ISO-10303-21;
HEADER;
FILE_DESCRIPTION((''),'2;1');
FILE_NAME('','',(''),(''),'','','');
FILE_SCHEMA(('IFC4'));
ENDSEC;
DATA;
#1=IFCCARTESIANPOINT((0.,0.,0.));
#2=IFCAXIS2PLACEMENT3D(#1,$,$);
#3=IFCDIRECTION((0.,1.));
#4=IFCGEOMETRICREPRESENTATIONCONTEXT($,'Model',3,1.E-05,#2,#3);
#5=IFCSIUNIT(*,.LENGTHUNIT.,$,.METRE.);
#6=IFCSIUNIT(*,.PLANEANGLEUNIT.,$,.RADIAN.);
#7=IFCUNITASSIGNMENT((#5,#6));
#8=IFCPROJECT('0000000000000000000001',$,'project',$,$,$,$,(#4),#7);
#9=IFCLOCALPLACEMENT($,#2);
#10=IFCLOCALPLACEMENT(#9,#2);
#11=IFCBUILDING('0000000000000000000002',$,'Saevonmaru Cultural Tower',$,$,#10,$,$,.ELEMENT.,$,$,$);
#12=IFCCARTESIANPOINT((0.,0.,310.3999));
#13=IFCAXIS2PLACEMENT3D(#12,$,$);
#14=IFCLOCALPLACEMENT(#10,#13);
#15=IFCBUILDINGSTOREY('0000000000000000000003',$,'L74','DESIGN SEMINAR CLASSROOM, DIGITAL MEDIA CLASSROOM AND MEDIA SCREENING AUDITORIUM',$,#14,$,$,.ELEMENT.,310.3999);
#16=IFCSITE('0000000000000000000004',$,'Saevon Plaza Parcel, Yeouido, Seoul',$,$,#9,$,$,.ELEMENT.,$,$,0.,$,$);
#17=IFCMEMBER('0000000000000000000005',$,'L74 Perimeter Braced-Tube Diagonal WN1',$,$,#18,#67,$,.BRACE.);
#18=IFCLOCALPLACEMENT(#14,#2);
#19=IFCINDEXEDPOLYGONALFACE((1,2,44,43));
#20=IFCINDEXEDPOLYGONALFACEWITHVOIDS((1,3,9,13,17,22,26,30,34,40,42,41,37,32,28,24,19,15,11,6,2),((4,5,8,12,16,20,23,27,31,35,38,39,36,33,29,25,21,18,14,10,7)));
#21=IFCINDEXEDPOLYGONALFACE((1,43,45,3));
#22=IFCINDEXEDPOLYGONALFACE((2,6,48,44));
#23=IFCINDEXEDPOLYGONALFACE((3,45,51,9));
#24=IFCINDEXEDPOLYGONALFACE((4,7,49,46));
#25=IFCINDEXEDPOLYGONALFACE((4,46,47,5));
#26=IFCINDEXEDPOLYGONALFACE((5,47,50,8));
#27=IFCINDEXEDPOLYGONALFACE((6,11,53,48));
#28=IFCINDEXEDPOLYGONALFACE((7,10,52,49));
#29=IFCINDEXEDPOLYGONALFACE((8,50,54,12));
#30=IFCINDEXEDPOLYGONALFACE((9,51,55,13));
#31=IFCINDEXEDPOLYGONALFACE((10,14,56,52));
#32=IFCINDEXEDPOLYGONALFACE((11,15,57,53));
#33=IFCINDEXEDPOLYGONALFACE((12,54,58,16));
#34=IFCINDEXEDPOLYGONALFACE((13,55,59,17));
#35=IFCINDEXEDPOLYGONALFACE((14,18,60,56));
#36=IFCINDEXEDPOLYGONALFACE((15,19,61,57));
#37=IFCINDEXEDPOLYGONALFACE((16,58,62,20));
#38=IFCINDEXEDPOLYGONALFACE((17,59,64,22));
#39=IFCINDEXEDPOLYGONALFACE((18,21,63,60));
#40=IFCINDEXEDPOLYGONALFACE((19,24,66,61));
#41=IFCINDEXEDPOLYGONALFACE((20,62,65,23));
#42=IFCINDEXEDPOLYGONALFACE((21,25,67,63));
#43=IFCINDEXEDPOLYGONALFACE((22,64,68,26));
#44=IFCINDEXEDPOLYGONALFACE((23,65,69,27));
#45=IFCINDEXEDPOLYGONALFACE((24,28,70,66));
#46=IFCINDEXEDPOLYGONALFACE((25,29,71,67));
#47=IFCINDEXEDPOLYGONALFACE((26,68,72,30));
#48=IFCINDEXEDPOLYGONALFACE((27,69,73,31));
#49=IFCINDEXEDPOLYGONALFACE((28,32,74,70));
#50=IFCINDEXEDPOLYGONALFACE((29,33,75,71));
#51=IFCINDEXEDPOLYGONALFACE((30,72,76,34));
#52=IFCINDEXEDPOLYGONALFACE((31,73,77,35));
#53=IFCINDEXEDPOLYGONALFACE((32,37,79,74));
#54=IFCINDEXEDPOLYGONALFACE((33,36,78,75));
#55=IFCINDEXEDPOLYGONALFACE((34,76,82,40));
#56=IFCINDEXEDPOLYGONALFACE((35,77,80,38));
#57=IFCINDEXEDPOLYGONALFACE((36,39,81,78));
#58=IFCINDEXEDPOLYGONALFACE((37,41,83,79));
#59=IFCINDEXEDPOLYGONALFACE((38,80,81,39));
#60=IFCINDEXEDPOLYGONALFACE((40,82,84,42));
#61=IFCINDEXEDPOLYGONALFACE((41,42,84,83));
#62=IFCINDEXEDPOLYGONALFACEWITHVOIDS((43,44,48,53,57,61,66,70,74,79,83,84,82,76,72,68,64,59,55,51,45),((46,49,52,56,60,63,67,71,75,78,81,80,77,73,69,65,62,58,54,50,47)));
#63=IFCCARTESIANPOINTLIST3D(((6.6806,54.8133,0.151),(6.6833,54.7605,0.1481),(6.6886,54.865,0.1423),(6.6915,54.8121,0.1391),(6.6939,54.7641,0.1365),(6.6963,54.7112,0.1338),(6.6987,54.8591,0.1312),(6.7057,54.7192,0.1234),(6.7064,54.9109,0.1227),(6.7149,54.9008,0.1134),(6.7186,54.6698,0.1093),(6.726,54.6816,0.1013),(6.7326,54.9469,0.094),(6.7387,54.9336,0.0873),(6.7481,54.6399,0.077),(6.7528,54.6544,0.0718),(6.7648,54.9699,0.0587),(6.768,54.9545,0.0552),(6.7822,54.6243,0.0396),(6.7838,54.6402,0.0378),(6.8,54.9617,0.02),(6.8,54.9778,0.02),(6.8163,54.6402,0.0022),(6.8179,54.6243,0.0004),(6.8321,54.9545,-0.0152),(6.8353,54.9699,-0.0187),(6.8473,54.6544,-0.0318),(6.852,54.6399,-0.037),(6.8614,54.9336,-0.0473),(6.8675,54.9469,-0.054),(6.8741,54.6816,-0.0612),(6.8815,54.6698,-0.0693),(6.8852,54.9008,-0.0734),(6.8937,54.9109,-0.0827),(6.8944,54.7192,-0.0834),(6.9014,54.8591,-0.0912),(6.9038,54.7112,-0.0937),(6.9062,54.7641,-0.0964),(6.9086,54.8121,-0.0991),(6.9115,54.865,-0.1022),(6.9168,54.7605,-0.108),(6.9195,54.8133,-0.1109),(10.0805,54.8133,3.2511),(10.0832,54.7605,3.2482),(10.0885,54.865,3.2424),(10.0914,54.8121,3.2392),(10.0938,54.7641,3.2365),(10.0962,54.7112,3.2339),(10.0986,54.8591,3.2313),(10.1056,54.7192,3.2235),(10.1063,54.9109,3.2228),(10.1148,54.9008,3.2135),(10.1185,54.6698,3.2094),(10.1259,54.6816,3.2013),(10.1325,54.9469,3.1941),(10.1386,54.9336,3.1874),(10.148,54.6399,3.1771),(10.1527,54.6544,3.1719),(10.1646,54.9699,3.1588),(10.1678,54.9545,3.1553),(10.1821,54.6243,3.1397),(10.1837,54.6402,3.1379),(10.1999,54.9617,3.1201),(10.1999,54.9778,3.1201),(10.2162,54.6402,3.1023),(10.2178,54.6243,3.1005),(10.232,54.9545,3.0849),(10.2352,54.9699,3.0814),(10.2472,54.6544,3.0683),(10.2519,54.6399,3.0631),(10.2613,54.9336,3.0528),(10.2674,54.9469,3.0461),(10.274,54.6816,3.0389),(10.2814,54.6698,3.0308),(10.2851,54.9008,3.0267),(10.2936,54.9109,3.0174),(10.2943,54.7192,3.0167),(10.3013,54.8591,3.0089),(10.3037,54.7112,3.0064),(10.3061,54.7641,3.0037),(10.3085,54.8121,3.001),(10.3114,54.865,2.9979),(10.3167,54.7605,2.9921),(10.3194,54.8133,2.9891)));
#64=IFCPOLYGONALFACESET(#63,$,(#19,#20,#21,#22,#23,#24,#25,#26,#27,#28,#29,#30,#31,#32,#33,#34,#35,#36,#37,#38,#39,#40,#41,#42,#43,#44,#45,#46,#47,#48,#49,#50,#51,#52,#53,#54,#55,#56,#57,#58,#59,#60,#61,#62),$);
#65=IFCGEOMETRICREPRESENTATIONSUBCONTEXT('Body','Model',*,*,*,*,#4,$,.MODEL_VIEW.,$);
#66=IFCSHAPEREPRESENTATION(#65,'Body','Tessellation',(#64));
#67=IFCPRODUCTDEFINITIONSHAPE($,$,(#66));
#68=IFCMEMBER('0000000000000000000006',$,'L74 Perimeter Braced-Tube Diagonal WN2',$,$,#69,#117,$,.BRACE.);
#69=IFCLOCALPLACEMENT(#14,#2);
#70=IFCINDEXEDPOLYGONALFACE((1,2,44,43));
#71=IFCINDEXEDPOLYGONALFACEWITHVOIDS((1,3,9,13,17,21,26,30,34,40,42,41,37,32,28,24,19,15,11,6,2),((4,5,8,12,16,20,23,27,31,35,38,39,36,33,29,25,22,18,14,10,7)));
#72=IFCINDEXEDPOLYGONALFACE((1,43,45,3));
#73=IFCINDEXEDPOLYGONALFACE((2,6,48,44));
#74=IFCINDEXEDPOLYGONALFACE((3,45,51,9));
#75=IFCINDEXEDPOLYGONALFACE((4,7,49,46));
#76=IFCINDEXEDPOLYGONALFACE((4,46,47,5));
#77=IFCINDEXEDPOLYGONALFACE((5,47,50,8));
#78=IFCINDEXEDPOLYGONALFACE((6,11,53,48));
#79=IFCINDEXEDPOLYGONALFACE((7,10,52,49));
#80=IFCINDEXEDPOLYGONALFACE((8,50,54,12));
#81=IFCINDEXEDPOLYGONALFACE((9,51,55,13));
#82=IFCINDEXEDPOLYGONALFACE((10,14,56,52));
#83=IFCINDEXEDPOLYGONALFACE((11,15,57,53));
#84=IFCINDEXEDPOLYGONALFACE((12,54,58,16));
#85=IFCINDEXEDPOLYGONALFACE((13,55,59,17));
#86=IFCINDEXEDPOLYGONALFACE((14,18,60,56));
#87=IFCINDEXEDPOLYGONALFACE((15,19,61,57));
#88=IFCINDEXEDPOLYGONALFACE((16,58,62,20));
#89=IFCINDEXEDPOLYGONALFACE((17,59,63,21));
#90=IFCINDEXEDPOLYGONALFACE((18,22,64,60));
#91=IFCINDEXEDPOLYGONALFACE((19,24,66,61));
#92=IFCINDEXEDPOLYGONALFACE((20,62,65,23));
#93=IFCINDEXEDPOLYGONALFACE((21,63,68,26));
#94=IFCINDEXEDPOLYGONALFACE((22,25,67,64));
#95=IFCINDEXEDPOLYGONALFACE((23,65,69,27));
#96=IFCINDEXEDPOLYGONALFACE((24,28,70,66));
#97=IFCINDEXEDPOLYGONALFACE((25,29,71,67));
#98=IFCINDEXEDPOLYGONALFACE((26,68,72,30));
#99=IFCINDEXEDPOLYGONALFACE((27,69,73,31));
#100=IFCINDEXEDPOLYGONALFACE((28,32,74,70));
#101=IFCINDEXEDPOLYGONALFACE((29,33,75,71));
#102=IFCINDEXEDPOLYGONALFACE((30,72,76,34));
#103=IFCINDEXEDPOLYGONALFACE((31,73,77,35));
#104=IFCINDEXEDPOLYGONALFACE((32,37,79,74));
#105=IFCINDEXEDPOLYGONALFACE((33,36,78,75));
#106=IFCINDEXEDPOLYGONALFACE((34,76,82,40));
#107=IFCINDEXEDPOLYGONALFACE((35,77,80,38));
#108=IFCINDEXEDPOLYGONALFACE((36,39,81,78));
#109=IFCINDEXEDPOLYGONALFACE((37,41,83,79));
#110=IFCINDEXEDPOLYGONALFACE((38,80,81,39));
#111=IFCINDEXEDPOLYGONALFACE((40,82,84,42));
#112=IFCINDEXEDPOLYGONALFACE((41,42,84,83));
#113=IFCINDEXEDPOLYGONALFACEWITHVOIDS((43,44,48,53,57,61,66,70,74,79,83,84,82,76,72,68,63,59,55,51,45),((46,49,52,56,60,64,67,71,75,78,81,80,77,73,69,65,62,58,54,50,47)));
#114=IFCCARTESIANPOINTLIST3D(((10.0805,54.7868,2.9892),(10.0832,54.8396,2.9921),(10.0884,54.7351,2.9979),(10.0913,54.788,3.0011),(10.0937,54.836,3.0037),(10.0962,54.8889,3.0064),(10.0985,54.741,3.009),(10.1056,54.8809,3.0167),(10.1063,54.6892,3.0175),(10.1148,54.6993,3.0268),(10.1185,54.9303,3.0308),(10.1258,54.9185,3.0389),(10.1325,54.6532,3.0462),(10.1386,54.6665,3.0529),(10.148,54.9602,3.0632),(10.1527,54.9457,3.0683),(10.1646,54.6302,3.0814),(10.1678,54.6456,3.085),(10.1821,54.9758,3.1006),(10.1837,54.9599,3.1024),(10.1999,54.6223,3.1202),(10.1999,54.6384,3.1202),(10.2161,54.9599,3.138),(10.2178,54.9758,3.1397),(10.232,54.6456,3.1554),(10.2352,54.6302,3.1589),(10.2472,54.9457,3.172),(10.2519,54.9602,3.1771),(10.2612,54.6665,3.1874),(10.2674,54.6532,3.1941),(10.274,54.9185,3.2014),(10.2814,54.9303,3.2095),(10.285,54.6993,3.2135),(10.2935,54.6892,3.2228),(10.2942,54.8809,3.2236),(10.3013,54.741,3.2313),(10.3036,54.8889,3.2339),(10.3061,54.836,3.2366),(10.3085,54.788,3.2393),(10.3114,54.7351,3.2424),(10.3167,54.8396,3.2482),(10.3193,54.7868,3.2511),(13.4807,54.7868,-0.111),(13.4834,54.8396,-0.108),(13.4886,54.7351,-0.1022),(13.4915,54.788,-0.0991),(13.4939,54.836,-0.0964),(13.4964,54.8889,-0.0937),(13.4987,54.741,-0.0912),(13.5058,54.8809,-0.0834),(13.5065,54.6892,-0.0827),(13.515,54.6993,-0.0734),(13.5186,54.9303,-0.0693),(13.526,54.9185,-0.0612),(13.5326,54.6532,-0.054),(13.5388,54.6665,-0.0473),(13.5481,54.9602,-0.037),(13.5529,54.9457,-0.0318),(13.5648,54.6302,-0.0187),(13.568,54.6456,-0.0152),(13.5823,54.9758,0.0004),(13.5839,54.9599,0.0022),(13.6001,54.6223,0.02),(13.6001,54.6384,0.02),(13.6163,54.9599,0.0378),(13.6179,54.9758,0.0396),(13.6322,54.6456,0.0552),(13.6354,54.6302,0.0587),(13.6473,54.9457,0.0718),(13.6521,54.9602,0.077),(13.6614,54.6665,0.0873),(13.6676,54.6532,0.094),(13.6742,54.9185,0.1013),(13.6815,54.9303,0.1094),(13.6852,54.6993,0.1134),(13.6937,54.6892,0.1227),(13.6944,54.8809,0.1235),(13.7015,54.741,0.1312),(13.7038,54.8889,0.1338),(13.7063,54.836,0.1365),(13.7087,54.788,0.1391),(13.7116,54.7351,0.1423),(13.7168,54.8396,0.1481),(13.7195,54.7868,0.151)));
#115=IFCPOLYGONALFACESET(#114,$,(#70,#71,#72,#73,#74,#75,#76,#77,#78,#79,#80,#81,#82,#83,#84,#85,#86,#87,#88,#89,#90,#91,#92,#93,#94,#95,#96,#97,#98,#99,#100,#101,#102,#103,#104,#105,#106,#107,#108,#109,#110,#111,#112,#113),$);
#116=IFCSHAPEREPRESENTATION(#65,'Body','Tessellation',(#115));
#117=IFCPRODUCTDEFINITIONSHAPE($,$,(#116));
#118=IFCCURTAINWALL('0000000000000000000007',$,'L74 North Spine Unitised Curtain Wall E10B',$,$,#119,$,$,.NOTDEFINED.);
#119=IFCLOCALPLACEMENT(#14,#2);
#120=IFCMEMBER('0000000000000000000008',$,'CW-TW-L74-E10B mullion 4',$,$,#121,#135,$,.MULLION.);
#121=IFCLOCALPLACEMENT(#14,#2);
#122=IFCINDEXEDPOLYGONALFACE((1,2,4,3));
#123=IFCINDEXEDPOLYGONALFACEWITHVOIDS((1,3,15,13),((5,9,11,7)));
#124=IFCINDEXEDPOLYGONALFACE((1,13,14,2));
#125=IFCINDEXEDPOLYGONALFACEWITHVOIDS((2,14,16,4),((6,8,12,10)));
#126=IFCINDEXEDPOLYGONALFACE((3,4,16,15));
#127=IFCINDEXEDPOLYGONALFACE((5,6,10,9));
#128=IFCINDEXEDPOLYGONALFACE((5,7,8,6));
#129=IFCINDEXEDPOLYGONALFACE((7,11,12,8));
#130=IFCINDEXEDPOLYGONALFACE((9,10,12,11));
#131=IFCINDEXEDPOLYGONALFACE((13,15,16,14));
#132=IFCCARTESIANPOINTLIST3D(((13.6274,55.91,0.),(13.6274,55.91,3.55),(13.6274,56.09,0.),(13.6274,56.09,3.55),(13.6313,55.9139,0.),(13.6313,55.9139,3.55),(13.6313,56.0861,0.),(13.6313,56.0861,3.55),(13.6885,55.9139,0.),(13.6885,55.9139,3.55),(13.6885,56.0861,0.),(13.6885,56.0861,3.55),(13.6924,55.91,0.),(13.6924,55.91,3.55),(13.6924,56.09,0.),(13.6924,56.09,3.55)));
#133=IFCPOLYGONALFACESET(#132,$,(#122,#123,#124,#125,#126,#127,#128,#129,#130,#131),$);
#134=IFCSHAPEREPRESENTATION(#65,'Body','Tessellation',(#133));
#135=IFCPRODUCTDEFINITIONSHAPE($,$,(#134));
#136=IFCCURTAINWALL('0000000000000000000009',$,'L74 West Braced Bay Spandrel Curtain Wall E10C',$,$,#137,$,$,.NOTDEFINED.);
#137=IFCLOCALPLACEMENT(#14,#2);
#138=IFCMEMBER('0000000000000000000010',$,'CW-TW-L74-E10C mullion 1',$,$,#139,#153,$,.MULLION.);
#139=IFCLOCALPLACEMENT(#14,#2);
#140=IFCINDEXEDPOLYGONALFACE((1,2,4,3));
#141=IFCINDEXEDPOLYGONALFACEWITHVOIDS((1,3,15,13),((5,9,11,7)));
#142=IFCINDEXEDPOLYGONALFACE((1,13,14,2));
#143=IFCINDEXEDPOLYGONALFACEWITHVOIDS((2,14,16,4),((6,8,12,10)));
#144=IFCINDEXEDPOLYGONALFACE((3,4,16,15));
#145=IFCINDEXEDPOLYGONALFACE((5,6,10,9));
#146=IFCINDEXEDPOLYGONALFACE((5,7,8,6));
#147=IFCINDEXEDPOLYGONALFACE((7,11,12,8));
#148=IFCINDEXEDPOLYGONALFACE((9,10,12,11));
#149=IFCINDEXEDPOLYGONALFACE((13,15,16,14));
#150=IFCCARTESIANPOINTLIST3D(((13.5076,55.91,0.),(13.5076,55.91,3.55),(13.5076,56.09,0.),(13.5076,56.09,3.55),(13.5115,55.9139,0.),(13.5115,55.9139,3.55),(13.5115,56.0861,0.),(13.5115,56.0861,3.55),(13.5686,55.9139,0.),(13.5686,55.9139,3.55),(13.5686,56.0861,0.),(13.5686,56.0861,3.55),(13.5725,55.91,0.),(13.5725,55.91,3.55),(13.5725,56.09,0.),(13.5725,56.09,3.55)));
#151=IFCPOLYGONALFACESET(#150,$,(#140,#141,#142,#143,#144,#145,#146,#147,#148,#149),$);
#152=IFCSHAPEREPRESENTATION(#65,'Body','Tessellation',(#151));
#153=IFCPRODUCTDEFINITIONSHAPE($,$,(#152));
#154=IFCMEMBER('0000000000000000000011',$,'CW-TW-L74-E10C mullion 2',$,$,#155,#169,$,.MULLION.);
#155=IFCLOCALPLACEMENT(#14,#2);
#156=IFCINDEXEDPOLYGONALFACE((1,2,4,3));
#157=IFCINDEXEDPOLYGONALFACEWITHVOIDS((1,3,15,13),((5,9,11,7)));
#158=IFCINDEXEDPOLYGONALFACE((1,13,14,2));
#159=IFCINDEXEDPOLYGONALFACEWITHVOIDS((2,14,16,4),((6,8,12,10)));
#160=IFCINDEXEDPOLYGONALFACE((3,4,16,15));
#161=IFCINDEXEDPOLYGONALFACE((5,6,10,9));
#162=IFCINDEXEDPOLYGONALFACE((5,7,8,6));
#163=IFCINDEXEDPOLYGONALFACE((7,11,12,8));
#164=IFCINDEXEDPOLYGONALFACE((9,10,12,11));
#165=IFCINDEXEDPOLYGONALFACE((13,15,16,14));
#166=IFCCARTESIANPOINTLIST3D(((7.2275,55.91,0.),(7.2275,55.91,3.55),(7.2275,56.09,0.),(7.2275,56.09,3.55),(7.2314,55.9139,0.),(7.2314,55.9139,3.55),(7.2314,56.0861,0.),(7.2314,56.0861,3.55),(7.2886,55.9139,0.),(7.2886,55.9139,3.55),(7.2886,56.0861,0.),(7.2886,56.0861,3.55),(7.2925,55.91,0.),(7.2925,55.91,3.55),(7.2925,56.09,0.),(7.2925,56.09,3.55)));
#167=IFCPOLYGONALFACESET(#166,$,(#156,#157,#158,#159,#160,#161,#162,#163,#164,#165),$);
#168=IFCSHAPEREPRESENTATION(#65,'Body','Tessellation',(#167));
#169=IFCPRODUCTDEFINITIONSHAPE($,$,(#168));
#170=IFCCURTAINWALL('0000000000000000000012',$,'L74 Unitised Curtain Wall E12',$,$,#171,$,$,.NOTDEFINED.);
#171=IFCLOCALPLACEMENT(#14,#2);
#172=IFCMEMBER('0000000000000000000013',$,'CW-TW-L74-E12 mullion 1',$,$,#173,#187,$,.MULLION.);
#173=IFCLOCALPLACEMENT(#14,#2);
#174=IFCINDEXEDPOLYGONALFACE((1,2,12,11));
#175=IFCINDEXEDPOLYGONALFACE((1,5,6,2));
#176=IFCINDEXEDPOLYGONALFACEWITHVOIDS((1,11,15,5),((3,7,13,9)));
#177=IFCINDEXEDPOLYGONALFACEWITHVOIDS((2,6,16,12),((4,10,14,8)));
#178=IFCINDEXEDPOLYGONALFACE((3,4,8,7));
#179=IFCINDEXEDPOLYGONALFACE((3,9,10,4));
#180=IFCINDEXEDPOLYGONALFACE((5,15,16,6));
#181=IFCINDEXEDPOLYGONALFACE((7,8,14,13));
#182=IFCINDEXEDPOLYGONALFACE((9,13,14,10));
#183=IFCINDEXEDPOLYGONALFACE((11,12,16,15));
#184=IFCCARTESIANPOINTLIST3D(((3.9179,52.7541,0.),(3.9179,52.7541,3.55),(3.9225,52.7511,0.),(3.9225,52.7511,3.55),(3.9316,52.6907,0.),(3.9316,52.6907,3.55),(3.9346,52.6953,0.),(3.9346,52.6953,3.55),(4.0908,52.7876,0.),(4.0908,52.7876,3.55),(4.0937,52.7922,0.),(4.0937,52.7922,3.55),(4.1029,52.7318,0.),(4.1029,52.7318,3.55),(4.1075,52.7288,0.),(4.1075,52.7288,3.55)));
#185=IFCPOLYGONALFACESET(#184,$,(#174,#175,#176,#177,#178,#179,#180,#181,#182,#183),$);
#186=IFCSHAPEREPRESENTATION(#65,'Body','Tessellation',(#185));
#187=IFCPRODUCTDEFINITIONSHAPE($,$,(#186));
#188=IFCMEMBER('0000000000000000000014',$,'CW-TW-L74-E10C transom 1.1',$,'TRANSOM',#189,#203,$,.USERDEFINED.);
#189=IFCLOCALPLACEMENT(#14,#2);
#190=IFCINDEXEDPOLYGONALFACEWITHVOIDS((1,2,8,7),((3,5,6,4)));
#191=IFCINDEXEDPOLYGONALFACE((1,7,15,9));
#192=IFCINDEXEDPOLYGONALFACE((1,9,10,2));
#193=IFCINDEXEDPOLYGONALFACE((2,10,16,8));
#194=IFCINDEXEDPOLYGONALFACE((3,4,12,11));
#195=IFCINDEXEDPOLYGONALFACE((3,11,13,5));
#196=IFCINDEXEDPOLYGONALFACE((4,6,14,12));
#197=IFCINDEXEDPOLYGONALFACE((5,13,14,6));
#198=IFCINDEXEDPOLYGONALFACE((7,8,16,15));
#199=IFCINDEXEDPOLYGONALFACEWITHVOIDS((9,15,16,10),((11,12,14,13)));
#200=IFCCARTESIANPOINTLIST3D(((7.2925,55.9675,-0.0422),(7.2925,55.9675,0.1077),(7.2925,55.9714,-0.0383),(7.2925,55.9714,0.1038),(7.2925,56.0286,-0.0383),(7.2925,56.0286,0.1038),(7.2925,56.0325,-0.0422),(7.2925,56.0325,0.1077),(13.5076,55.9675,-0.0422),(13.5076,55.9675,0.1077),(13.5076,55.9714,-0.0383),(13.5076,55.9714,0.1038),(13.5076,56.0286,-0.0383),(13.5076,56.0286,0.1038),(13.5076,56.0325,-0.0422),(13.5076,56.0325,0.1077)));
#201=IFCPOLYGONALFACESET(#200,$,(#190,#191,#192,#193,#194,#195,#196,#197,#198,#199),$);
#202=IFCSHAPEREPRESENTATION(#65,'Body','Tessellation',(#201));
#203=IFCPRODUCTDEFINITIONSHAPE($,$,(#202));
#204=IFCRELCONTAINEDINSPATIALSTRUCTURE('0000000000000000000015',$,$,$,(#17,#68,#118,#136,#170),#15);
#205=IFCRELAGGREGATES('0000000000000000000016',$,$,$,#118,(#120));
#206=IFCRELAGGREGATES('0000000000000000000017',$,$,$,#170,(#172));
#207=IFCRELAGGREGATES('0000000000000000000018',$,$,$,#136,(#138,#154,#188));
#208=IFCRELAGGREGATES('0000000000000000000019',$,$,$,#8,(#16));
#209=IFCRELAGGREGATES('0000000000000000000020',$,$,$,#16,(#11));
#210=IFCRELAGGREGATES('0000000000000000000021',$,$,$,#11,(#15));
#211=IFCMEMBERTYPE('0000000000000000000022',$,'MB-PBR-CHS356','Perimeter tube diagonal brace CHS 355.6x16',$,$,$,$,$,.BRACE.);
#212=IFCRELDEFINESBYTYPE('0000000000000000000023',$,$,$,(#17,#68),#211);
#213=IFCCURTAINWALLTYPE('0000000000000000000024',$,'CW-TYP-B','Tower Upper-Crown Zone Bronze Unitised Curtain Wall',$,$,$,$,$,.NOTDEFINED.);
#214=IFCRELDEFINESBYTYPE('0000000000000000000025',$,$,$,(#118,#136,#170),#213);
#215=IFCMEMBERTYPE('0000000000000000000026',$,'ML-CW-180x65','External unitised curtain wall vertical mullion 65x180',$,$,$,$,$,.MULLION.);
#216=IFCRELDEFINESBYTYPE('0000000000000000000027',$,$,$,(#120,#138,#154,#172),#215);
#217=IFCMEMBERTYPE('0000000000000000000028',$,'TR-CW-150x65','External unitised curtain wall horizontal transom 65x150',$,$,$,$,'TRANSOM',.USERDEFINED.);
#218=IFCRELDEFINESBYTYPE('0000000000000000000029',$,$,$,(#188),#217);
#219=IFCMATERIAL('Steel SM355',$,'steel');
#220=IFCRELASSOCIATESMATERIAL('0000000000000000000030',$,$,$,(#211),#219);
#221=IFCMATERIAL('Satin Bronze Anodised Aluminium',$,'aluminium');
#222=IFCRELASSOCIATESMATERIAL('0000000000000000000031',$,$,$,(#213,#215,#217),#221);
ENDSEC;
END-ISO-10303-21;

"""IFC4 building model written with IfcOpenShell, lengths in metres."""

from ifc_helpers import new_model, si_unit, direction, frame, origin, origin_2d, place, context, subcontext, project, spatial, hollow_rectangle, hollow_circle, extrude, material, material_profile, profile_set, type_object, element, aggregate, save


model = new_model("IFC4")

# Units and contexts
model_context = context("Model", 3, precision=1e-05, world=origin(), true_north=direction((0.0, 1.0)))
body_context = subcontext(model_context, "Body", "Model", "MODEL_VIEW")
ifc_project = project(units=[si_unit("LENGTHUNIT", "METRE"), si_unit("PLANEANGLEUNIT", "RADIAN")], contexts=[model_context])

# Site, building, storey
site_placement = place(None, origin())
site = spatial("IfcSite", under=ifc_project, at=site_placement, Name="Saevon Plaza Parcel, Yeouido, Seoul", CompositionType="ELEMENT", RefElevation=0.0)
building_placement = place(site_placement, origin())
building = spatial("IfcBuilding", under=site, at=building_placement, Name="Saevonmaru Cultural Tower", CompositionType="ELEMENT")
storey_placement = place(building_placement, frame((0.0, 0.0, 310.3999)))
storey = spatial("IfcBuildingStorey", under=building, at=storey_placement, Name="L74", Description="DESIGN SEMINAR CLASSROOM, DIGITAL MEDIA CLASSROOM AND MEDIA SCREENING AUDITORIUM", CompositionType="ELEMENT", Elevation=310.3999)

# Shared definitions
ifc_material_1 = material(Name="Steel SM355", Category="steel")

# Members
ifc_material_profile_1 = material_profile(ifc_material_1, hollow_circle(Radius=0.1777, WallThickness=0.0161, at=origin_2d()), Name="CHS-355.6x16")
ifc_profile_set_1 = profile_set([ifc_material_profile_1], Name="Steel SM355")
member_type_1 = type_object("IfcMemberType", Name="MB-PBR-CHS356", Description="Perimeter tube diagonal brace CHS 355.6x16", PredefinedType="BRACE", material=ifc_profile_set_1)
member_1_placement = place(storey_placement, frame((6.8, 54.8, 0.02), z_axis=(0.738936, 0.0, 0.673776), x_axis=(0.0, 1.0, 0.0)))
element("IfcMember", 1, at=member_1_placement, inside=storey, type_object=member_type_1, Name="L74 Perimeter Braced-Tube Diagonal WN1", PredefinedType="BRACE", context=body_context, shape_type="SweptSolid", body=[
    extrude(hollow_circle(Radius=0.1777, WallThickness=0.0161, at=origin_2d()), origin(), (0.0, 0.0, 1.0), 4.6011),
])
member_2_placement = place(storey_placement, frame((13.6001, 54.8, 0.02), z_axis=(-0.73896, 0.0, 0.67375), x_axis=(0.0, -1.0, 0.0)))
element("IfcMember", 2, at=member_2_placement, inside=storey, type_object=member_type_1, Name="L74 Perimeter Braced-Tube Diagonal WN2", PredefinedType="BRACE", context=body_context, shape_type="SweptSolid", body=[
    extrude(hollow_circle(Radius=0.1777, WallThickness=0.0161, at=origin_2d()), origin(), (0.0, 0.0, 1.0), 4.6013),
])

# Curtain wall, member
ifc_material_2 = material(Name="Satin Bronze Anodised Aluminium", Category="aluminium")
curtain_wall_type = type_object("IfcCurtainWallType", Name="CW-TYP-B", Description="Tower Upper-Crown Zone Bronze Unitised Curtain Wall", PredefinedType="NOTDEFINED", material=ifc_material_2)
curtain_wall_1_placement = place(storey_placement, origin())
curtain_wall_1 = element("IfcCurtainWall", 3, at=curtain_wall_1_placement, inside=storey, type_object=curtain_wall_type, Name="L74 North Spine Unitised Curtain Wall E10B", PredefinedType="NOTDEFINED")
ifc_material_profile_2 = material_profile(ifc_material_2, hollow_rectangle(XDim=0.0649, YDim=0.1799, WallThickness=0.0039, at=origin_2d()), Name="ALU-MULL-180x65x4")
ifc_profile_set_2 = profile_set([ifc_material_profile_2], Name="Satin Bronze Anodised Aluminium")
member_type_2 = type_object("IfcMemberType", Name="ML-CW-180x65", Description="External unitised curtain wall vertical mullion 65x180", PredefinedType="MULLION", material=ifc_profile_set_2)
member_3_placement = place(storey_placement, frame((13.6599, 56.0, 0.0), z_axis=(0.0, 0.0, 1.0), x_axis=(-1.0, 0.0, 0.0)))
member_3 = element("IfcMember", 4, at=member_3_placement, type_object=member_type_2, Name="CW-TW-L74-E10B mullion 4", PredefinedType="MULLION", context=body_context, shape_type="SweptSolid", body=[
    extrude(hollow_rectangle(XDim=0.0649, YDim=0.1799, WallThickness=0.0039, at=origin_2d()), origin(), (0.0, 0.0, 1.0), 3.55),
])
aggregate(curtain_wall_1, [member_3])

# Curtain wall, members
curtain_wall_2_placement = place(storey_placement, origin())
curtain_wall_2 = element("IfcCurtainWall", 5, at=curtain_wall_2_placement, inside=storey, type_object=curtain_wall_type, Name="L74 West Braced Bay Spandrel Curtain Wall E10C", PredefinedType="NOTDEFINED")
member_4_placement = place(storey_placement, frame((13.54, 56.0, 0.0), z_axis=(0.0, 0.0, 1.0), x_axis=(-1.0, 0.0, 0.0)))
member_4 = element("IfcMember", 6, at=member_4_placement, type_object=member_type_2, Name="CW-TW-L74-E10C mullion 1", PredefinedType="MULLION", context=body_context, shape_type="SweptSolid", body=[
    extrude(hollow_rectangle(XDim=0.0649, YDim=0.1799, WallThickness=0.0039, at=origin_2d()), origin(), (0.0, 0.0, 1.0), 3.55),
])
member_5_placement = place(storey_placement, frame((7.26, 56.0, 0.0), z_axis=(0.0, 0.0, 1.0), x_axis=(-1.0, 0.0, 0.0)))
member_5 = element("IfcMember", 7, at=member_5_placement, type_object=member_type_2, Name="CW-TW-L74-E10C mullion 2", PredefinedType="MULLION", context=body_context, shape_type="SweptSolid", body=[
    extrude(hollow_rectangle(XDim=0.0649, YDim=0.1799, WallThickness=0.0039, at=origin_2d()), origin(), (0.0, 0.0, 1.0), 3.55),
])

# Curtain wall, member
curtain_wall_3_placement = place(storey_placement, origin())
curtain_wall_3 = element("IfcCurtainWall", 8, at=curtain_wall_3_placement, inside=storey, type_object=curtain_wall_type, Name="L74 Unitised Curtain Wall E12", PredefinedType="NOTDEFINED")
member_6_placement = place(storey_placement, frame((4.0127, 52.7415, 0.0), z_axis=(0.0, 0.0, 1.0), x_axis=(0.21175, -0.977324, 0.0)))
member_6 = element("IfcMember", 9, at=member_6_placement, type_object=member_type_2, Name="CW-TW-L74-E12 mullion 1", PredefinedType="MULLION", context=body_context, shape_type="SweptSolid", body=[
    extrude(hollow_rectangle(XDim=0.0649, YDim=0.1799, WallThickness=0.0039, at=origin_2d()), origin(), (0.0, 0.0, 1.0), 3.55),
])

# Member
ifc_material_profile_3 = material_profile(ifc_material_2, hollow_rectangle(XDim=0.0649, YDim=0.1499, WallThickness=0.0039, at=origin_2d()), Name="ALU-TRAN-150x65x4")
ifc_profile_set_3 = profile_set([ifc_material_profile_3], Name="Satin Bronze Anodised Aluminium")
member_type_3 = type_object("IfcMemberType", Name="TR-CW-150x65", Description="External unitised curtain wall horizontal transom 65x150", ElementType="TRANSOM", PredefinedType="USERDEFINED", material=ifc_profile_set_3)
member_7_placement = place(storey_placement, frame((13.5076, 56.0, 0.0327), z_axis=(-1.0, 0.0, 0.0), x_axis=(0.0, -1.0, 0.0)))
member_7 = element("IfcMember", 10, at=member_7_placement, type_object=member_type_3, Name="CW-TW-L74-E10C transom 1.1", ObjectType="TRANSOM", PredefinedType="USERDEFINED", context=body_context, shape_type="SweptSolid", body=[
    extrude(hollow_rectangle(XDim=0.0649, YDim=0.1499, WallThickness=0.0039, at=origin_2d()), origin(), (0.0, 0.0, 1.0), 6.2151),
])
aggregate(curtain_wall_3, [member_6])

aggregate(curtain_wall_2, [member_4, member_5, member_7])

save(model, "model.ifc")
